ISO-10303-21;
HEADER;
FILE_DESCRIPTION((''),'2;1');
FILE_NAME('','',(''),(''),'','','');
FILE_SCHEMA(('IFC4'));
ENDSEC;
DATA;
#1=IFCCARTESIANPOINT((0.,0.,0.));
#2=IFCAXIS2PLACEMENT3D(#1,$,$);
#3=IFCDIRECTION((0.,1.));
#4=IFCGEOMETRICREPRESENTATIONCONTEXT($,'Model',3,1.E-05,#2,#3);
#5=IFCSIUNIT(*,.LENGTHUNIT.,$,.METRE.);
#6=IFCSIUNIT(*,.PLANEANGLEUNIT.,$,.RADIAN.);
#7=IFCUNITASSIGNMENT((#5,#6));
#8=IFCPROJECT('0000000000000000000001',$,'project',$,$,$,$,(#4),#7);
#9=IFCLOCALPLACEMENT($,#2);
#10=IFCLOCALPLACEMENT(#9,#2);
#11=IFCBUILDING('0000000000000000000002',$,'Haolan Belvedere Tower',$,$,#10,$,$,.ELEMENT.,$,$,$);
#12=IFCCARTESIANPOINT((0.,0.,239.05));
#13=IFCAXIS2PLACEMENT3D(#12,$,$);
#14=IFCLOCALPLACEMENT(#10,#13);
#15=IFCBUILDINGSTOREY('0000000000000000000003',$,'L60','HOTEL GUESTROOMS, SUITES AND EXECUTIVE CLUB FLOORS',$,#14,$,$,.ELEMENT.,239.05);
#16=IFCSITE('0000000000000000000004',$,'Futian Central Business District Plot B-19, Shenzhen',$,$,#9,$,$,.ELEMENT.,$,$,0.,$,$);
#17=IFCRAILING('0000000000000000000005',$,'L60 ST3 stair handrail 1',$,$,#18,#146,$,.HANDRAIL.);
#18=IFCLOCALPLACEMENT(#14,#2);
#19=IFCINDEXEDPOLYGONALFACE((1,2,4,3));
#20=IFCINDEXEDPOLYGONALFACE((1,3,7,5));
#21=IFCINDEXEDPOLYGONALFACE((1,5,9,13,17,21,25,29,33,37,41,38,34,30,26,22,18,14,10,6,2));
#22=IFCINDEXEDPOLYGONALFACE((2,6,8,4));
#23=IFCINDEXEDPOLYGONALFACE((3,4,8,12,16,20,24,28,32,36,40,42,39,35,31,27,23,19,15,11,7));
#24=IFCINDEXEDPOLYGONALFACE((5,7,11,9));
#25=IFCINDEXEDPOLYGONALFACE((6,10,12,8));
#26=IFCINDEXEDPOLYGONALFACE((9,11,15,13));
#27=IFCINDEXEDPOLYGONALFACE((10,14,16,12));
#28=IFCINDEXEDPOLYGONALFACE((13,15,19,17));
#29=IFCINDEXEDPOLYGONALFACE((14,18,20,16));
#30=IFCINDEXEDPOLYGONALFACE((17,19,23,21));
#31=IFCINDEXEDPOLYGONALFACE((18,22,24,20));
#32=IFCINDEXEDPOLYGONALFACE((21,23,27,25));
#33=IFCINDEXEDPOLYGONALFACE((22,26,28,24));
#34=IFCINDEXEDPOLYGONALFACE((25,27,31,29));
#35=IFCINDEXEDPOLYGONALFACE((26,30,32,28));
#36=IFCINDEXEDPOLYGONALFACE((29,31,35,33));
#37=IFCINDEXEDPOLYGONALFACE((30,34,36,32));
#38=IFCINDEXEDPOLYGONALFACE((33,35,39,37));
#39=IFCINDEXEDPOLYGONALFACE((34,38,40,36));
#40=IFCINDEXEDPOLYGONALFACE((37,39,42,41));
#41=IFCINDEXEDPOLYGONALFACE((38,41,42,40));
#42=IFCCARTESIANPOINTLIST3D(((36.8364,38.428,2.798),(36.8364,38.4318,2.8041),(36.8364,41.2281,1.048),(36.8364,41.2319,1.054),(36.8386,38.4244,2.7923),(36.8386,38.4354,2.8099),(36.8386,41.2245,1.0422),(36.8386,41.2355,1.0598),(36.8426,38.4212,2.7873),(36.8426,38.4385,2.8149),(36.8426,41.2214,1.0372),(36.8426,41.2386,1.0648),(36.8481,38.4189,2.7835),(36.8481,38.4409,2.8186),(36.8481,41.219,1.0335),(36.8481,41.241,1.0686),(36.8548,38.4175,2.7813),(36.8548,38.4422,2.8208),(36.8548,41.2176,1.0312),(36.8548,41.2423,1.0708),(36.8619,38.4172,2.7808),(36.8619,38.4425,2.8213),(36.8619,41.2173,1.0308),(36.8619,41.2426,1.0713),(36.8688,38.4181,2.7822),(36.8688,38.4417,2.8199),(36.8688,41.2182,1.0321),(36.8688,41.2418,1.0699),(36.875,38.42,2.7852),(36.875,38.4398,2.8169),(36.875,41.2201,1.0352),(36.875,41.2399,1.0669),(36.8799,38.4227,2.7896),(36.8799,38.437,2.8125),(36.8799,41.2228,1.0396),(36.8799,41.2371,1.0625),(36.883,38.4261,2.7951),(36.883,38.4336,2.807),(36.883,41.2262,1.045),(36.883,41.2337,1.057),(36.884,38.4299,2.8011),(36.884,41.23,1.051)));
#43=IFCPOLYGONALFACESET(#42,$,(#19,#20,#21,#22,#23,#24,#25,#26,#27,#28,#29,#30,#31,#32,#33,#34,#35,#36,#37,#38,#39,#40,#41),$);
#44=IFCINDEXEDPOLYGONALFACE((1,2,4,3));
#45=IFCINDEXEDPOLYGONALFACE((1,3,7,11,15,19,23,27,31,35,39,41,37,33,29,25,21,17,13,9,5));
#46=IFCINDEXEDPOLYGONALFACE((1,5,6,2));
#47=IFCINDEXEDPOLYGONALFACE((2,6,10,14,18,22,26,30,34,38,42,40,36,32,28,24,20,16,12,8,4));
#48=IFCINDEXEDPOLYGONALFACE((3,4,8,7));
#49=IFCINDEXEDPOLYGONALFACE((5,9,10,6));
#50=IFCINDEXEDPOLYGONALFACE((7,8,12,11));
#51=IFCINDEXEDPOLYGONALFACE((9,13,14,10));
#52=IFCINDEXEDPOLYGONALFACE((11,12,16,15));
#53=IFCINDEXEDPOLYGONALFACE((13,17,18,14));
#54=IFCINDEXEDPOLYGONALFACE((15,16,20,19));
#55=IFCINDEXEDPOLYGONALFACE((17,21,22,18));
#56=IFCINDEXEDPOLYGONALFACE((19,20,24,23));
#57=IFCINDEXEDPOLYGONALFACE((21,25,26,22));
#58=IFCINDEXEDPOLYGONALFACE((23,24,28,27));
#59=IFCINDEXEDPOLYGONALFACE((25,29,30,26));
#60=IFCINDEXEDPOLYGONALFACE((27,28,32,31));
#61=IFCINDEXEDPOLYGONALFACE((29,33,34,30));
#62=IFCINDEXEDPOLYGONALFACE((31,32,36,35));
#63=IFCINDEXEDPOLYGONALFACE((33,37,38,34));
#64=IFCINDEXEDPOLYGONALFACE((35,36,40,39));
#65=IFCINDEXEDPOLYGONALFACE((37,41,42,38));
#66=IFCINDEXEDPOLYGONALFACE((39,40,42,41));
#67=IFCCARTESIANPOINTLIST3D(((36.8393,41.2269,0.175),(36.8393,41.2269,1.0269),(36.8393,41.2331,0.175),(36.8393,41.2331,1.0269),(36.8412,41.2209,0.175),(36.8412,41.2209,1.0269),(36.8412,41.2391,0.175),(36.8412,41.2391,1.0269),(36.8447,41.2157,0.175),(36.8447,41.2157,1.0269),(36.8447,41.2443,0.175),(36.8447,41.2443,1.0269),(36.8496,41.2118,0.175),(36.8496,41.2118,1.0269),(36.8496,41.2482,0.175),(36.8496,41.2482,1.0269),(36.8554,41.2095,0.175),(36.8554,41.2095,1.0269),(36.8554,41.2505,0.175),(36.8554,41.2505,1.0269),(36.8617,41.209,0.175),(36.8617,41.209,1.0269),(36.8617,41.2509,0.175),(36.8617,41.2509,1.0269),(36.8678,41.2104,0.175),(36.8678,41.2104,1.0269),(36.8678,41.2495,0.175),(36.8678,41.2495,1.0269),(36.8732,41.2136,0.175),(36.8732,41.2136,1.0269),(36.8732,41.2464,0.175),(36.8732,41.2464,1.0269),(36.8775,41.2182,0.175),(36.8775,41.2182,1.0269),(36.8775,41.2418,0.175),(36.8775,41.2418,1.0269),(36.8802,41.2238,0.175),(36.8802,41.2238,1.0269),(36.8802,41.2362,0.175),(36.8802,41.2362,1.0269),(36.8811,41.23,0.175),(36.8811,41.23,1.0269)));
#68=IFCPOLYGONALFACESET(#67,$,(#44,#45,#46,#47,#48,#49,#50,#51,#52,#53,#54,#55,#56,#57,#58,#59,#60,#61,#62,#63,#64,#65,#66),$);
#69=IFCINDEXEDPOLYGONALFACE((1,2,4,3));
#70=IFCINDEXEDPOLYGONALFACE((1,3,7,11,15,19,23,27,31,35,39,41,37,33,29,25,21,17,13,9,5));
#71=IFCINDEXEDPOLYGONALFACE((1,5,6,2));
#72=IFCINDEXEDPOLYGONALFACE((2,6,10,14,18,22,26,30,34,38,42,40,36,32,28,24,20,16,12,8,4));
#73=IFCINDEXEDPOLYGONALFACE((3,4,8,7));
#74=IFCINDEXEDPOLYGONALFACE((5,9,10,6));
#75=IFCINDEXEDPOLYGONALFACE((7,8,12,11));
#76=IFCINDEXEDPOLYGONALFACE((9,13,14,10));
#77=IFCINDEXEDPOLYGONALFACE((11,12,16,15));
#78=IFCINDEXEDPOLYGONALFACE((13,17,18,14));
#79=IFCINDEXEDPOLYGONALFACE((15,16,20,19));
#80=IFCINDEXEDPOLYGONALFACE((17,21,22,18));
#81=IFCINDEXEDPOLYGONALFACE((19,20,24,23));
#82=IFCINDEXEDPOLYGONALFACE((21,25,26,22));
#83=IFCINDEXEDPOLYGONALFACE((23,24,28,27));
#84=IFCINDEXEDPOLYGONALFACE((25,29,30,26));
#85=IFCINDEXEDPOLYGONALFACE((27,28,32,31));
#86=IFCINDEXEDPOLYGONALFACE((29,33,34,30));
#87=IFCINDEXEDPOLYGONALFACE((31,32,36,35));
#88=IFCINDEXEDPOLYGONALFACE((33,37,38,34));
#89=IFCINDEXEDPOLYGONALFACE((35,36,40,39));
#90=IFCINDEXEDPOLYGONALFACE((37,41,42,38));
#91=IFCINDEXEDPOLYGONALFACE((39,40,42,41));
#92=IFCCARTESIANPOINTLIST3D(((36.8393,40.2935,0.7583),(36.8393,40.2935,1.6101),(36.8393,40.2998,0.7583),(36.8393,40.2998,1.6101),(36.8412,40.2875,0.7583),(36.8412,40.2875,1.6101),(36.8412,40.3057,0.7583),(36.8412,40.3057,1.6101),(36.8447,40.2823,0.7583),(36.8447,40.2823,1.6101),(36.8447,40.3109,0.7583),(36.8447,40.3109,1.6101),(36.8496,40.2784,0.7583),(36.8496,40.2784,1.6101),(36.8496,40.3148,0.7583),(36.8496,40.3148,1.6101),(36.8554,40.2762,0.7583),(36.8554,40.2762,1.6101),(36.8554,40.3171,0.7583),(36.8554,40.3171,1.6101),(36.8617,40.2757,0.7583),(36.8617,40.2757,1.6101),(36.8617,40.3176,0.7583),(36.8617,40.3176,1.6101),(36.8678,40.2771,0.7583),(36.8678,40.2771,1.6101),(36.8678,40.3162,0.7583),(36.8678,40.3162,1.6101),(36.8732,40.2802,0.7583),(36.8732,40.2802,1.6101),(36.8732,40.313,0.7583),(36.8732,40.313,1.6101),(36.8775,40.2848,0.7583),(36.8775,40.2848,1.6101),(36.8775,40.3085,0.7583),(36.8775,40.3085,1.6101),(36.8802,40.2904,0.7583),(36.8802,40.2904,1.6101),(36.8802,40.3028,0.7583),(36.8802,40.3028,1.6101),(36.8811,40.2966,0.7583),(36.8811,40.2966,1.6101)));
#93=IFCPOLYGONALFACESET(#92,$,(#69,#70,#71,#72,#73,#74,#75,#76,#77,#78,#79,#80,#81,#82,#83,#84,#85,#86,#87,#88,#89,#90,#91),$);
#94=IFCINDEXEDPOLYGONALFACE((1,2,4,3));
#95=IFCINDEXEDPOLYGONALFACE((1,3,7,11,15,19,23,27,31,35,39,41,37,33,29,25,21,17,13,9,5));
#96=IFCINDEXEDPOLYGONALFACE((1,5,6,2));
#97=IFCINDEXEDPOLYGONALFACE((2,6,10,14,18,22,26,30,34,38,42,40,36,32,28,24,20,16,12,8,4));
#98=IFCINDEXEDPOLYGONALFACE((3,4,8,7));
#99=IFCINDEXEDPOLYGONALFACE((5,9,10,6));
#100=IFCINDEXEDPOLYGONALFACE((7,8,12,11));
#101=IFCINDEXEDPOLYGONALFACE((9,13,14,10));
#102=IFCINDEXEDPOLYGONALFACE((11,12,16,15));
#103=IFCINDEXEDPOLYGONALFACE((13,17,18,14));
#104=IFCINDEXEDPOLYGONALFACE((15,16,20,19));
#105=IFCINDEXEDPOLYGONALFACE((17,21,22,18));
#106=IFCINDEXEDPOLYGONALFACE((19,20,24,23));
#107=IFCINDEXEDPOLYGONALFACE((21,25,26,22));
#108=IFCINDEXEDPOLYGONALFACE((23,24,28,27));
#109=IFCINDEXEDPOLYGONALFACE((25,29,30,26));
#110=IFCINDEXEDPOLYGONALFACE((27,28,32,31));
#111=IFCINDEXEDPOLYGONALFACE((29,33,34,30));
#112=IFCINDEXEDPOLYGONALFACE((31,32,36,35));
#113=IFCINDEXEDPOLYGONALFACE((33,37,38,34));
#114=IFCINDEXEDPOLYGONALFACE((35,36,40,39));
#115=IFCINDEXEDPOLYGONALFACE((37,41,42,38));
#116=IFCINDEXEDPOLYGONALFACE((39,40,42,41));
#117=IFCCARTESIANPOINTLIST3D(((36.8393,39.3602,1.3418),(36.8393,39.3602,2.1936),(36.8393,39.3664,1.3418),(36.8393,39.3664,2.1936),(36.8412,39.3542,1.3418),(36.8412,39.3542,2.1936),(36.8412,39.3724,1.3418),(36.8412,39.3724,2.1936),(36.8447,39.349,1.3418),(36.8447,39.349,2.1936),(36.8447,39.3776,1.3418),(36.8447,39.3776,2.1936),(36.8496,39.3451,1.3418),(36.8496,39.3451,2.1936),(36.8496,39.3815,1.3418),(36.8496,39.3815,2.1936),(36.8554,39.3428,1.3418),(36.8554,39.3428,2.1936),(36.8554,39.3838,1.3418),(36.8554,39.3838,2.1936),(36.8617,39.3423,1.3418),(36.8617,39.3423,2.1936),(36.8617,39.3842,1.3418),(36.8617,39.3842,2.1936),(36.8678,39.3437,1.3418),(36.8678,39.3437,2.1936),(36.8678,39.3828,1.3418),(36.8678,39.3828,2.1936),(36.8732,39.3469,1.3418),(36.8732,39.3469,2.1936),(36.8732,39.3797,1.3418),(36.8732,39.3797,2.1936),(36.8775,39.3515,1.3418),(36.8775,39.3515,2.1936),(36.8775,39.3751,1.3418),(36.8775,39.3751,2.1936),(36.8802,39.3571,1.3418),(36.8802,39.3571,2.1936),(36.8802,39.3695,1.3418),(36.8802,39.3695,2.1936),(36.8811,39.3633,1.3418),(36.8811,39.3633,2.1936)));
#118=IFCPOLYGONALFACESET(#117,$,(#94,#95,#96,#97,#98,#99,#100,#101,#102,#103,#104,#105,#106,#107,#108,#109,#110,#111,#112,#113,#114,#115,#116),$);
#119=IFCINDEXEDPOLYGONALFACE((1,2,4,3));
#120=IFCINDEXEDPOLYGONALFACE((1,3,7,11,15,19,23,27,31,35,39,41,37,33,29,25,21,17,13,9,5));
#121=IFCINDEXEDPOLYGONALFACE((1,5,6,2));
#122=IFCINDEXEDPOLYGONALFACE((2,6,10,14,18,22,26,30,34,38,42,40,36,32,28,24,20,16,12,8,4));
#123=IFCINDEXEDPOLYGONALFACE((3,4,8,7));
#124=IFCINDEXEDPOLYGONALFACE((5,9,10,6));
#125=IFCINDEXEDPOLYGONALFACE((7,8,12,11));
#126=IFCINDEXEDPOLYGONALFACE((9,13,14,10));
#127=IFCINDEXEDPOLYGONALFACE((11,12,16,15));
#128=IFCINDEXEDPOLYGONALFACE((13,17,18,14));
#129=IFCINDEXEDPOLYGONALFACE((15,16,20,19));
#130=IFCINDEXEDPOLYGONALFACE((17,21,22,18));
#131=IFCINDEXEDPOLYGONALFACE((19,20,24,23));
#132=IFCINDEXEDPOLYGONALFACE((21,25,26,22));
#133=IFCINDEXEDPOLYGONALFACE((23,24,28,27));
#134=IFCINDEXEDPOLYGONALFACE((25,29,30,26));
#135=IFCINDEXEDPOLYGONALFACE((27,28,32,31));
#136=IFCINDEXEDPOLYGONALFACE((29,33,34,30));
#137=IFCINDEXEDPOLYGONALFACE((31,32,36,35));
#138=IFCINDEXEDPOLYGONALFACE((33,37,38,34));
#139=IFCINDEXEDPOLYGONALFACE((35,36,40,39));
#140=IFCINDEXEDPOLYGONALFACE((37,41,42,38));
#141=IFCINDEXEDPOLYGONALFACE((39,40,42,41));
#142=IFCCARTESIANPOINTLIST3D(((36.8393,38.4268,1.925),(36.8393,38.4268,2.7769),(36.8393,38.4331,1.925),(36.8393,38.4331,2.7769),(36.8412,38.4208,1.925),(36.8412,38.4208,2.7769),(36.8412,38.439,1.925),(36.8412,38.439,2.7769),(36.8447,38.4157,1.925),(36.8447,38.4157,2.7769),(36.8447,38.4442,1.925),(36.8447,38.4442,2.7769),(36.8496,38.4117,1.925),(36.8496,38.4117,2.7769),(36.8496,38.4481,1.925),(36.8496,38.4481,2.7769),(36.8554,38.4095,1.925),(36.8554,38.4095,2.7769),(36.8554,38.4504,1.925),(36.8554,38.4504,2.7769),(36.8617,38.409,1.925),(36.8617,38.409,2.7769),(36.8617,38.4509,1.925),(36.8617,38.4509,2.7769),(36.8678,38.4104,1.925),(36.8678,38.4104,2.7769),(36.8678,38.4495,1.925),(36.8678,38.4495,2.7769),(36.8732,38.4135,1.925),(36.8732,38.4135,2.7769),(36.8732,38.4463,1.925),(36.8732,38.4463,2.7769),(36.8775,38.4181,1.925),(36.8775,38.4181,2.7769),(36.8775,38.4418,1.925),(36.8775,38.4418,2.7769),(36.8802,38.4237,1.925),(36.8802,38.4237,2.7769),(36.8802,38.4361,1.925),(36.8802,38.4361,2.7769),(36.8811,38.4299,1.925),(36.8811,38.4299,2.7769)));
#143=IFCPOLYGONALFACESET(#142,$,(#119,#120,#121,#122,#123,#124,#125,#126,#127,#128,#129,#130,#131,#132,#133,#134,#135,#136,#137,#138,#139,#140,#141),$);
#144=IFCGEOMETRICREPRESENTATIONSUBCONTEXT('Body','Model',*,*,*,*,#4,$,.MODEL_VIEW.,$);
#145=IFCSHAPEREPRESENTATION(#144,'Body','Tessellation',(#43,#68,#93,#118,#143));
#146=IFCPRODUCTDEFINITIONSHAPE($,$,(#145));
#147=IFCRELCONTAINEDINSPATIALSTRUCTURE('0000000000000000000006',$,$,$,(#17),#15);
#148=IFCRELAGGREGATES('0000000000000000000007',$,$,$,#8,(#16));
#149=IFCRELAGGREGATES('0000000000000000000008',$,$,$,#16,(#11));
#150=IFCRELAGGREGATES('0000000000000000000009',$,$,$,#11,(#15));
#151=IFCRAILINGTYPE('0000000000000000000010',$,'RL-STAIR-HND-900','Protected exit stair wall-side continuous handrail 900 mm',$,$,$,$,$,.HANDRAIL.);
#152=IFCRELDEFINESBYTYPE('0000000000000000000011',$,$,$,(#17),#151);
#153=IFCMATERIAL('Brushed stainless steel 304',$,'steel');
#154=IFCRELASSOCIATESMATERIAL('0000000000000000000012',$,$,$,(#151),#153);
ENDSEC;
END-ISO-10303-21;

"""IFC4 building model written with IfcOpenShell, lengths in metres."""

from ifc_helpers import new_model, si_unit, direction, frame, origin, origin_2d, place, context, subcontext, project, spatial, circle, extrude, material, type_object, element, save


model = new_model("IFC4")

# Units and contexts
model_context = context("Model", 3, precision=1e-05, world=origin(), true_north=direction((0.0, 1.0)))
body_context = subcontext(model_context, "Body", "Model", "MODEL_VIEW")
ifc_project = project(units=[si_unit("LENGTHUNIT", "METRE"), si_unit("PLANEANGLEUNIT", "RADIAN")], contexts=[model_context])

# Site, building, storey
site_placement = place(None, origin())
site = spatial("IfcSite", under=ifc_project, at=site_placement, Name="Futian Central Business District Plot B-19, Shenzhen", CompositionType="ELEMENT", RefElevation=0.0)
building_placement = place(site_placement, origin())
building = spatial("IfcBuilding", under=site, at=building_placement, Name="Haolan Belvedere Tower", CompositionType="ELEMENT")
storey_placement = place(building_placement, frame((0.0, 0.0, 239.05)))
storey = spatial("IfcBuildingStorey", under=building, at=storey_placement, Name="L60", Description="HOTEL GUESTROOMS, SUITES AND EXECUTIVE CLUB FLOORS", CompositionType="ELEMENT", Elevation=239.05)

# Railing
ifc_material_1 = material(Name="Brushed stainless steel 304", Category="steel")
railing_type_1 = type_object("IfcRailingType", Name="RL-STAIR-HND-900", Description="Protected exit stair wall-side continuous handrail 900 mm", PredefinedType="HANDRAIL", material=ifc_material_1)
railing_1_placement = place(storey_placement, frame((36.8601, 41.23, 0.175)))
element("IfcRailing", 1, at=railing_1_placement, inside=storey, type_object=railing_type_1, Name="L60 ST3 stair handrail 1", PredefinedType="HANDRAIL", context=body_context, shape_type="SweptSolid", body=[
    extrude(circle(Radius=0.0239, at=origin_2d()), frame((0.0, 0.0, 0.876), z_axis=(0.0, -0.848002, 0.529992), x_axis=(1.0, 0.0, 0.0)), (0.0, 0.0, 1.0), 3.302),
    extrude(circle(Radius=0.021, at=origin_2d()), origin(), (0.0, 0.0, 1.0), 0.8518),
    extrude(circle(Radius=0.021, at=origin_2d()), frame((0.0, -0.9333, 0.5833)), (0.0, 0.0, 1.0), 0.8518),
    extrude(circle(Radius=0.021, at=origin_2d()), frame((0.0, -1.8667, 1.1667)), (0.0, 0.0, 1.0), 0.8518),
    extrude(circle(Radius=0.021, at=origin_2d()), frame((0.0, -2.8, 1.75)), (0.0, 0.0, 1.0), 0.8518),
])

save(model, "model.ifc")
